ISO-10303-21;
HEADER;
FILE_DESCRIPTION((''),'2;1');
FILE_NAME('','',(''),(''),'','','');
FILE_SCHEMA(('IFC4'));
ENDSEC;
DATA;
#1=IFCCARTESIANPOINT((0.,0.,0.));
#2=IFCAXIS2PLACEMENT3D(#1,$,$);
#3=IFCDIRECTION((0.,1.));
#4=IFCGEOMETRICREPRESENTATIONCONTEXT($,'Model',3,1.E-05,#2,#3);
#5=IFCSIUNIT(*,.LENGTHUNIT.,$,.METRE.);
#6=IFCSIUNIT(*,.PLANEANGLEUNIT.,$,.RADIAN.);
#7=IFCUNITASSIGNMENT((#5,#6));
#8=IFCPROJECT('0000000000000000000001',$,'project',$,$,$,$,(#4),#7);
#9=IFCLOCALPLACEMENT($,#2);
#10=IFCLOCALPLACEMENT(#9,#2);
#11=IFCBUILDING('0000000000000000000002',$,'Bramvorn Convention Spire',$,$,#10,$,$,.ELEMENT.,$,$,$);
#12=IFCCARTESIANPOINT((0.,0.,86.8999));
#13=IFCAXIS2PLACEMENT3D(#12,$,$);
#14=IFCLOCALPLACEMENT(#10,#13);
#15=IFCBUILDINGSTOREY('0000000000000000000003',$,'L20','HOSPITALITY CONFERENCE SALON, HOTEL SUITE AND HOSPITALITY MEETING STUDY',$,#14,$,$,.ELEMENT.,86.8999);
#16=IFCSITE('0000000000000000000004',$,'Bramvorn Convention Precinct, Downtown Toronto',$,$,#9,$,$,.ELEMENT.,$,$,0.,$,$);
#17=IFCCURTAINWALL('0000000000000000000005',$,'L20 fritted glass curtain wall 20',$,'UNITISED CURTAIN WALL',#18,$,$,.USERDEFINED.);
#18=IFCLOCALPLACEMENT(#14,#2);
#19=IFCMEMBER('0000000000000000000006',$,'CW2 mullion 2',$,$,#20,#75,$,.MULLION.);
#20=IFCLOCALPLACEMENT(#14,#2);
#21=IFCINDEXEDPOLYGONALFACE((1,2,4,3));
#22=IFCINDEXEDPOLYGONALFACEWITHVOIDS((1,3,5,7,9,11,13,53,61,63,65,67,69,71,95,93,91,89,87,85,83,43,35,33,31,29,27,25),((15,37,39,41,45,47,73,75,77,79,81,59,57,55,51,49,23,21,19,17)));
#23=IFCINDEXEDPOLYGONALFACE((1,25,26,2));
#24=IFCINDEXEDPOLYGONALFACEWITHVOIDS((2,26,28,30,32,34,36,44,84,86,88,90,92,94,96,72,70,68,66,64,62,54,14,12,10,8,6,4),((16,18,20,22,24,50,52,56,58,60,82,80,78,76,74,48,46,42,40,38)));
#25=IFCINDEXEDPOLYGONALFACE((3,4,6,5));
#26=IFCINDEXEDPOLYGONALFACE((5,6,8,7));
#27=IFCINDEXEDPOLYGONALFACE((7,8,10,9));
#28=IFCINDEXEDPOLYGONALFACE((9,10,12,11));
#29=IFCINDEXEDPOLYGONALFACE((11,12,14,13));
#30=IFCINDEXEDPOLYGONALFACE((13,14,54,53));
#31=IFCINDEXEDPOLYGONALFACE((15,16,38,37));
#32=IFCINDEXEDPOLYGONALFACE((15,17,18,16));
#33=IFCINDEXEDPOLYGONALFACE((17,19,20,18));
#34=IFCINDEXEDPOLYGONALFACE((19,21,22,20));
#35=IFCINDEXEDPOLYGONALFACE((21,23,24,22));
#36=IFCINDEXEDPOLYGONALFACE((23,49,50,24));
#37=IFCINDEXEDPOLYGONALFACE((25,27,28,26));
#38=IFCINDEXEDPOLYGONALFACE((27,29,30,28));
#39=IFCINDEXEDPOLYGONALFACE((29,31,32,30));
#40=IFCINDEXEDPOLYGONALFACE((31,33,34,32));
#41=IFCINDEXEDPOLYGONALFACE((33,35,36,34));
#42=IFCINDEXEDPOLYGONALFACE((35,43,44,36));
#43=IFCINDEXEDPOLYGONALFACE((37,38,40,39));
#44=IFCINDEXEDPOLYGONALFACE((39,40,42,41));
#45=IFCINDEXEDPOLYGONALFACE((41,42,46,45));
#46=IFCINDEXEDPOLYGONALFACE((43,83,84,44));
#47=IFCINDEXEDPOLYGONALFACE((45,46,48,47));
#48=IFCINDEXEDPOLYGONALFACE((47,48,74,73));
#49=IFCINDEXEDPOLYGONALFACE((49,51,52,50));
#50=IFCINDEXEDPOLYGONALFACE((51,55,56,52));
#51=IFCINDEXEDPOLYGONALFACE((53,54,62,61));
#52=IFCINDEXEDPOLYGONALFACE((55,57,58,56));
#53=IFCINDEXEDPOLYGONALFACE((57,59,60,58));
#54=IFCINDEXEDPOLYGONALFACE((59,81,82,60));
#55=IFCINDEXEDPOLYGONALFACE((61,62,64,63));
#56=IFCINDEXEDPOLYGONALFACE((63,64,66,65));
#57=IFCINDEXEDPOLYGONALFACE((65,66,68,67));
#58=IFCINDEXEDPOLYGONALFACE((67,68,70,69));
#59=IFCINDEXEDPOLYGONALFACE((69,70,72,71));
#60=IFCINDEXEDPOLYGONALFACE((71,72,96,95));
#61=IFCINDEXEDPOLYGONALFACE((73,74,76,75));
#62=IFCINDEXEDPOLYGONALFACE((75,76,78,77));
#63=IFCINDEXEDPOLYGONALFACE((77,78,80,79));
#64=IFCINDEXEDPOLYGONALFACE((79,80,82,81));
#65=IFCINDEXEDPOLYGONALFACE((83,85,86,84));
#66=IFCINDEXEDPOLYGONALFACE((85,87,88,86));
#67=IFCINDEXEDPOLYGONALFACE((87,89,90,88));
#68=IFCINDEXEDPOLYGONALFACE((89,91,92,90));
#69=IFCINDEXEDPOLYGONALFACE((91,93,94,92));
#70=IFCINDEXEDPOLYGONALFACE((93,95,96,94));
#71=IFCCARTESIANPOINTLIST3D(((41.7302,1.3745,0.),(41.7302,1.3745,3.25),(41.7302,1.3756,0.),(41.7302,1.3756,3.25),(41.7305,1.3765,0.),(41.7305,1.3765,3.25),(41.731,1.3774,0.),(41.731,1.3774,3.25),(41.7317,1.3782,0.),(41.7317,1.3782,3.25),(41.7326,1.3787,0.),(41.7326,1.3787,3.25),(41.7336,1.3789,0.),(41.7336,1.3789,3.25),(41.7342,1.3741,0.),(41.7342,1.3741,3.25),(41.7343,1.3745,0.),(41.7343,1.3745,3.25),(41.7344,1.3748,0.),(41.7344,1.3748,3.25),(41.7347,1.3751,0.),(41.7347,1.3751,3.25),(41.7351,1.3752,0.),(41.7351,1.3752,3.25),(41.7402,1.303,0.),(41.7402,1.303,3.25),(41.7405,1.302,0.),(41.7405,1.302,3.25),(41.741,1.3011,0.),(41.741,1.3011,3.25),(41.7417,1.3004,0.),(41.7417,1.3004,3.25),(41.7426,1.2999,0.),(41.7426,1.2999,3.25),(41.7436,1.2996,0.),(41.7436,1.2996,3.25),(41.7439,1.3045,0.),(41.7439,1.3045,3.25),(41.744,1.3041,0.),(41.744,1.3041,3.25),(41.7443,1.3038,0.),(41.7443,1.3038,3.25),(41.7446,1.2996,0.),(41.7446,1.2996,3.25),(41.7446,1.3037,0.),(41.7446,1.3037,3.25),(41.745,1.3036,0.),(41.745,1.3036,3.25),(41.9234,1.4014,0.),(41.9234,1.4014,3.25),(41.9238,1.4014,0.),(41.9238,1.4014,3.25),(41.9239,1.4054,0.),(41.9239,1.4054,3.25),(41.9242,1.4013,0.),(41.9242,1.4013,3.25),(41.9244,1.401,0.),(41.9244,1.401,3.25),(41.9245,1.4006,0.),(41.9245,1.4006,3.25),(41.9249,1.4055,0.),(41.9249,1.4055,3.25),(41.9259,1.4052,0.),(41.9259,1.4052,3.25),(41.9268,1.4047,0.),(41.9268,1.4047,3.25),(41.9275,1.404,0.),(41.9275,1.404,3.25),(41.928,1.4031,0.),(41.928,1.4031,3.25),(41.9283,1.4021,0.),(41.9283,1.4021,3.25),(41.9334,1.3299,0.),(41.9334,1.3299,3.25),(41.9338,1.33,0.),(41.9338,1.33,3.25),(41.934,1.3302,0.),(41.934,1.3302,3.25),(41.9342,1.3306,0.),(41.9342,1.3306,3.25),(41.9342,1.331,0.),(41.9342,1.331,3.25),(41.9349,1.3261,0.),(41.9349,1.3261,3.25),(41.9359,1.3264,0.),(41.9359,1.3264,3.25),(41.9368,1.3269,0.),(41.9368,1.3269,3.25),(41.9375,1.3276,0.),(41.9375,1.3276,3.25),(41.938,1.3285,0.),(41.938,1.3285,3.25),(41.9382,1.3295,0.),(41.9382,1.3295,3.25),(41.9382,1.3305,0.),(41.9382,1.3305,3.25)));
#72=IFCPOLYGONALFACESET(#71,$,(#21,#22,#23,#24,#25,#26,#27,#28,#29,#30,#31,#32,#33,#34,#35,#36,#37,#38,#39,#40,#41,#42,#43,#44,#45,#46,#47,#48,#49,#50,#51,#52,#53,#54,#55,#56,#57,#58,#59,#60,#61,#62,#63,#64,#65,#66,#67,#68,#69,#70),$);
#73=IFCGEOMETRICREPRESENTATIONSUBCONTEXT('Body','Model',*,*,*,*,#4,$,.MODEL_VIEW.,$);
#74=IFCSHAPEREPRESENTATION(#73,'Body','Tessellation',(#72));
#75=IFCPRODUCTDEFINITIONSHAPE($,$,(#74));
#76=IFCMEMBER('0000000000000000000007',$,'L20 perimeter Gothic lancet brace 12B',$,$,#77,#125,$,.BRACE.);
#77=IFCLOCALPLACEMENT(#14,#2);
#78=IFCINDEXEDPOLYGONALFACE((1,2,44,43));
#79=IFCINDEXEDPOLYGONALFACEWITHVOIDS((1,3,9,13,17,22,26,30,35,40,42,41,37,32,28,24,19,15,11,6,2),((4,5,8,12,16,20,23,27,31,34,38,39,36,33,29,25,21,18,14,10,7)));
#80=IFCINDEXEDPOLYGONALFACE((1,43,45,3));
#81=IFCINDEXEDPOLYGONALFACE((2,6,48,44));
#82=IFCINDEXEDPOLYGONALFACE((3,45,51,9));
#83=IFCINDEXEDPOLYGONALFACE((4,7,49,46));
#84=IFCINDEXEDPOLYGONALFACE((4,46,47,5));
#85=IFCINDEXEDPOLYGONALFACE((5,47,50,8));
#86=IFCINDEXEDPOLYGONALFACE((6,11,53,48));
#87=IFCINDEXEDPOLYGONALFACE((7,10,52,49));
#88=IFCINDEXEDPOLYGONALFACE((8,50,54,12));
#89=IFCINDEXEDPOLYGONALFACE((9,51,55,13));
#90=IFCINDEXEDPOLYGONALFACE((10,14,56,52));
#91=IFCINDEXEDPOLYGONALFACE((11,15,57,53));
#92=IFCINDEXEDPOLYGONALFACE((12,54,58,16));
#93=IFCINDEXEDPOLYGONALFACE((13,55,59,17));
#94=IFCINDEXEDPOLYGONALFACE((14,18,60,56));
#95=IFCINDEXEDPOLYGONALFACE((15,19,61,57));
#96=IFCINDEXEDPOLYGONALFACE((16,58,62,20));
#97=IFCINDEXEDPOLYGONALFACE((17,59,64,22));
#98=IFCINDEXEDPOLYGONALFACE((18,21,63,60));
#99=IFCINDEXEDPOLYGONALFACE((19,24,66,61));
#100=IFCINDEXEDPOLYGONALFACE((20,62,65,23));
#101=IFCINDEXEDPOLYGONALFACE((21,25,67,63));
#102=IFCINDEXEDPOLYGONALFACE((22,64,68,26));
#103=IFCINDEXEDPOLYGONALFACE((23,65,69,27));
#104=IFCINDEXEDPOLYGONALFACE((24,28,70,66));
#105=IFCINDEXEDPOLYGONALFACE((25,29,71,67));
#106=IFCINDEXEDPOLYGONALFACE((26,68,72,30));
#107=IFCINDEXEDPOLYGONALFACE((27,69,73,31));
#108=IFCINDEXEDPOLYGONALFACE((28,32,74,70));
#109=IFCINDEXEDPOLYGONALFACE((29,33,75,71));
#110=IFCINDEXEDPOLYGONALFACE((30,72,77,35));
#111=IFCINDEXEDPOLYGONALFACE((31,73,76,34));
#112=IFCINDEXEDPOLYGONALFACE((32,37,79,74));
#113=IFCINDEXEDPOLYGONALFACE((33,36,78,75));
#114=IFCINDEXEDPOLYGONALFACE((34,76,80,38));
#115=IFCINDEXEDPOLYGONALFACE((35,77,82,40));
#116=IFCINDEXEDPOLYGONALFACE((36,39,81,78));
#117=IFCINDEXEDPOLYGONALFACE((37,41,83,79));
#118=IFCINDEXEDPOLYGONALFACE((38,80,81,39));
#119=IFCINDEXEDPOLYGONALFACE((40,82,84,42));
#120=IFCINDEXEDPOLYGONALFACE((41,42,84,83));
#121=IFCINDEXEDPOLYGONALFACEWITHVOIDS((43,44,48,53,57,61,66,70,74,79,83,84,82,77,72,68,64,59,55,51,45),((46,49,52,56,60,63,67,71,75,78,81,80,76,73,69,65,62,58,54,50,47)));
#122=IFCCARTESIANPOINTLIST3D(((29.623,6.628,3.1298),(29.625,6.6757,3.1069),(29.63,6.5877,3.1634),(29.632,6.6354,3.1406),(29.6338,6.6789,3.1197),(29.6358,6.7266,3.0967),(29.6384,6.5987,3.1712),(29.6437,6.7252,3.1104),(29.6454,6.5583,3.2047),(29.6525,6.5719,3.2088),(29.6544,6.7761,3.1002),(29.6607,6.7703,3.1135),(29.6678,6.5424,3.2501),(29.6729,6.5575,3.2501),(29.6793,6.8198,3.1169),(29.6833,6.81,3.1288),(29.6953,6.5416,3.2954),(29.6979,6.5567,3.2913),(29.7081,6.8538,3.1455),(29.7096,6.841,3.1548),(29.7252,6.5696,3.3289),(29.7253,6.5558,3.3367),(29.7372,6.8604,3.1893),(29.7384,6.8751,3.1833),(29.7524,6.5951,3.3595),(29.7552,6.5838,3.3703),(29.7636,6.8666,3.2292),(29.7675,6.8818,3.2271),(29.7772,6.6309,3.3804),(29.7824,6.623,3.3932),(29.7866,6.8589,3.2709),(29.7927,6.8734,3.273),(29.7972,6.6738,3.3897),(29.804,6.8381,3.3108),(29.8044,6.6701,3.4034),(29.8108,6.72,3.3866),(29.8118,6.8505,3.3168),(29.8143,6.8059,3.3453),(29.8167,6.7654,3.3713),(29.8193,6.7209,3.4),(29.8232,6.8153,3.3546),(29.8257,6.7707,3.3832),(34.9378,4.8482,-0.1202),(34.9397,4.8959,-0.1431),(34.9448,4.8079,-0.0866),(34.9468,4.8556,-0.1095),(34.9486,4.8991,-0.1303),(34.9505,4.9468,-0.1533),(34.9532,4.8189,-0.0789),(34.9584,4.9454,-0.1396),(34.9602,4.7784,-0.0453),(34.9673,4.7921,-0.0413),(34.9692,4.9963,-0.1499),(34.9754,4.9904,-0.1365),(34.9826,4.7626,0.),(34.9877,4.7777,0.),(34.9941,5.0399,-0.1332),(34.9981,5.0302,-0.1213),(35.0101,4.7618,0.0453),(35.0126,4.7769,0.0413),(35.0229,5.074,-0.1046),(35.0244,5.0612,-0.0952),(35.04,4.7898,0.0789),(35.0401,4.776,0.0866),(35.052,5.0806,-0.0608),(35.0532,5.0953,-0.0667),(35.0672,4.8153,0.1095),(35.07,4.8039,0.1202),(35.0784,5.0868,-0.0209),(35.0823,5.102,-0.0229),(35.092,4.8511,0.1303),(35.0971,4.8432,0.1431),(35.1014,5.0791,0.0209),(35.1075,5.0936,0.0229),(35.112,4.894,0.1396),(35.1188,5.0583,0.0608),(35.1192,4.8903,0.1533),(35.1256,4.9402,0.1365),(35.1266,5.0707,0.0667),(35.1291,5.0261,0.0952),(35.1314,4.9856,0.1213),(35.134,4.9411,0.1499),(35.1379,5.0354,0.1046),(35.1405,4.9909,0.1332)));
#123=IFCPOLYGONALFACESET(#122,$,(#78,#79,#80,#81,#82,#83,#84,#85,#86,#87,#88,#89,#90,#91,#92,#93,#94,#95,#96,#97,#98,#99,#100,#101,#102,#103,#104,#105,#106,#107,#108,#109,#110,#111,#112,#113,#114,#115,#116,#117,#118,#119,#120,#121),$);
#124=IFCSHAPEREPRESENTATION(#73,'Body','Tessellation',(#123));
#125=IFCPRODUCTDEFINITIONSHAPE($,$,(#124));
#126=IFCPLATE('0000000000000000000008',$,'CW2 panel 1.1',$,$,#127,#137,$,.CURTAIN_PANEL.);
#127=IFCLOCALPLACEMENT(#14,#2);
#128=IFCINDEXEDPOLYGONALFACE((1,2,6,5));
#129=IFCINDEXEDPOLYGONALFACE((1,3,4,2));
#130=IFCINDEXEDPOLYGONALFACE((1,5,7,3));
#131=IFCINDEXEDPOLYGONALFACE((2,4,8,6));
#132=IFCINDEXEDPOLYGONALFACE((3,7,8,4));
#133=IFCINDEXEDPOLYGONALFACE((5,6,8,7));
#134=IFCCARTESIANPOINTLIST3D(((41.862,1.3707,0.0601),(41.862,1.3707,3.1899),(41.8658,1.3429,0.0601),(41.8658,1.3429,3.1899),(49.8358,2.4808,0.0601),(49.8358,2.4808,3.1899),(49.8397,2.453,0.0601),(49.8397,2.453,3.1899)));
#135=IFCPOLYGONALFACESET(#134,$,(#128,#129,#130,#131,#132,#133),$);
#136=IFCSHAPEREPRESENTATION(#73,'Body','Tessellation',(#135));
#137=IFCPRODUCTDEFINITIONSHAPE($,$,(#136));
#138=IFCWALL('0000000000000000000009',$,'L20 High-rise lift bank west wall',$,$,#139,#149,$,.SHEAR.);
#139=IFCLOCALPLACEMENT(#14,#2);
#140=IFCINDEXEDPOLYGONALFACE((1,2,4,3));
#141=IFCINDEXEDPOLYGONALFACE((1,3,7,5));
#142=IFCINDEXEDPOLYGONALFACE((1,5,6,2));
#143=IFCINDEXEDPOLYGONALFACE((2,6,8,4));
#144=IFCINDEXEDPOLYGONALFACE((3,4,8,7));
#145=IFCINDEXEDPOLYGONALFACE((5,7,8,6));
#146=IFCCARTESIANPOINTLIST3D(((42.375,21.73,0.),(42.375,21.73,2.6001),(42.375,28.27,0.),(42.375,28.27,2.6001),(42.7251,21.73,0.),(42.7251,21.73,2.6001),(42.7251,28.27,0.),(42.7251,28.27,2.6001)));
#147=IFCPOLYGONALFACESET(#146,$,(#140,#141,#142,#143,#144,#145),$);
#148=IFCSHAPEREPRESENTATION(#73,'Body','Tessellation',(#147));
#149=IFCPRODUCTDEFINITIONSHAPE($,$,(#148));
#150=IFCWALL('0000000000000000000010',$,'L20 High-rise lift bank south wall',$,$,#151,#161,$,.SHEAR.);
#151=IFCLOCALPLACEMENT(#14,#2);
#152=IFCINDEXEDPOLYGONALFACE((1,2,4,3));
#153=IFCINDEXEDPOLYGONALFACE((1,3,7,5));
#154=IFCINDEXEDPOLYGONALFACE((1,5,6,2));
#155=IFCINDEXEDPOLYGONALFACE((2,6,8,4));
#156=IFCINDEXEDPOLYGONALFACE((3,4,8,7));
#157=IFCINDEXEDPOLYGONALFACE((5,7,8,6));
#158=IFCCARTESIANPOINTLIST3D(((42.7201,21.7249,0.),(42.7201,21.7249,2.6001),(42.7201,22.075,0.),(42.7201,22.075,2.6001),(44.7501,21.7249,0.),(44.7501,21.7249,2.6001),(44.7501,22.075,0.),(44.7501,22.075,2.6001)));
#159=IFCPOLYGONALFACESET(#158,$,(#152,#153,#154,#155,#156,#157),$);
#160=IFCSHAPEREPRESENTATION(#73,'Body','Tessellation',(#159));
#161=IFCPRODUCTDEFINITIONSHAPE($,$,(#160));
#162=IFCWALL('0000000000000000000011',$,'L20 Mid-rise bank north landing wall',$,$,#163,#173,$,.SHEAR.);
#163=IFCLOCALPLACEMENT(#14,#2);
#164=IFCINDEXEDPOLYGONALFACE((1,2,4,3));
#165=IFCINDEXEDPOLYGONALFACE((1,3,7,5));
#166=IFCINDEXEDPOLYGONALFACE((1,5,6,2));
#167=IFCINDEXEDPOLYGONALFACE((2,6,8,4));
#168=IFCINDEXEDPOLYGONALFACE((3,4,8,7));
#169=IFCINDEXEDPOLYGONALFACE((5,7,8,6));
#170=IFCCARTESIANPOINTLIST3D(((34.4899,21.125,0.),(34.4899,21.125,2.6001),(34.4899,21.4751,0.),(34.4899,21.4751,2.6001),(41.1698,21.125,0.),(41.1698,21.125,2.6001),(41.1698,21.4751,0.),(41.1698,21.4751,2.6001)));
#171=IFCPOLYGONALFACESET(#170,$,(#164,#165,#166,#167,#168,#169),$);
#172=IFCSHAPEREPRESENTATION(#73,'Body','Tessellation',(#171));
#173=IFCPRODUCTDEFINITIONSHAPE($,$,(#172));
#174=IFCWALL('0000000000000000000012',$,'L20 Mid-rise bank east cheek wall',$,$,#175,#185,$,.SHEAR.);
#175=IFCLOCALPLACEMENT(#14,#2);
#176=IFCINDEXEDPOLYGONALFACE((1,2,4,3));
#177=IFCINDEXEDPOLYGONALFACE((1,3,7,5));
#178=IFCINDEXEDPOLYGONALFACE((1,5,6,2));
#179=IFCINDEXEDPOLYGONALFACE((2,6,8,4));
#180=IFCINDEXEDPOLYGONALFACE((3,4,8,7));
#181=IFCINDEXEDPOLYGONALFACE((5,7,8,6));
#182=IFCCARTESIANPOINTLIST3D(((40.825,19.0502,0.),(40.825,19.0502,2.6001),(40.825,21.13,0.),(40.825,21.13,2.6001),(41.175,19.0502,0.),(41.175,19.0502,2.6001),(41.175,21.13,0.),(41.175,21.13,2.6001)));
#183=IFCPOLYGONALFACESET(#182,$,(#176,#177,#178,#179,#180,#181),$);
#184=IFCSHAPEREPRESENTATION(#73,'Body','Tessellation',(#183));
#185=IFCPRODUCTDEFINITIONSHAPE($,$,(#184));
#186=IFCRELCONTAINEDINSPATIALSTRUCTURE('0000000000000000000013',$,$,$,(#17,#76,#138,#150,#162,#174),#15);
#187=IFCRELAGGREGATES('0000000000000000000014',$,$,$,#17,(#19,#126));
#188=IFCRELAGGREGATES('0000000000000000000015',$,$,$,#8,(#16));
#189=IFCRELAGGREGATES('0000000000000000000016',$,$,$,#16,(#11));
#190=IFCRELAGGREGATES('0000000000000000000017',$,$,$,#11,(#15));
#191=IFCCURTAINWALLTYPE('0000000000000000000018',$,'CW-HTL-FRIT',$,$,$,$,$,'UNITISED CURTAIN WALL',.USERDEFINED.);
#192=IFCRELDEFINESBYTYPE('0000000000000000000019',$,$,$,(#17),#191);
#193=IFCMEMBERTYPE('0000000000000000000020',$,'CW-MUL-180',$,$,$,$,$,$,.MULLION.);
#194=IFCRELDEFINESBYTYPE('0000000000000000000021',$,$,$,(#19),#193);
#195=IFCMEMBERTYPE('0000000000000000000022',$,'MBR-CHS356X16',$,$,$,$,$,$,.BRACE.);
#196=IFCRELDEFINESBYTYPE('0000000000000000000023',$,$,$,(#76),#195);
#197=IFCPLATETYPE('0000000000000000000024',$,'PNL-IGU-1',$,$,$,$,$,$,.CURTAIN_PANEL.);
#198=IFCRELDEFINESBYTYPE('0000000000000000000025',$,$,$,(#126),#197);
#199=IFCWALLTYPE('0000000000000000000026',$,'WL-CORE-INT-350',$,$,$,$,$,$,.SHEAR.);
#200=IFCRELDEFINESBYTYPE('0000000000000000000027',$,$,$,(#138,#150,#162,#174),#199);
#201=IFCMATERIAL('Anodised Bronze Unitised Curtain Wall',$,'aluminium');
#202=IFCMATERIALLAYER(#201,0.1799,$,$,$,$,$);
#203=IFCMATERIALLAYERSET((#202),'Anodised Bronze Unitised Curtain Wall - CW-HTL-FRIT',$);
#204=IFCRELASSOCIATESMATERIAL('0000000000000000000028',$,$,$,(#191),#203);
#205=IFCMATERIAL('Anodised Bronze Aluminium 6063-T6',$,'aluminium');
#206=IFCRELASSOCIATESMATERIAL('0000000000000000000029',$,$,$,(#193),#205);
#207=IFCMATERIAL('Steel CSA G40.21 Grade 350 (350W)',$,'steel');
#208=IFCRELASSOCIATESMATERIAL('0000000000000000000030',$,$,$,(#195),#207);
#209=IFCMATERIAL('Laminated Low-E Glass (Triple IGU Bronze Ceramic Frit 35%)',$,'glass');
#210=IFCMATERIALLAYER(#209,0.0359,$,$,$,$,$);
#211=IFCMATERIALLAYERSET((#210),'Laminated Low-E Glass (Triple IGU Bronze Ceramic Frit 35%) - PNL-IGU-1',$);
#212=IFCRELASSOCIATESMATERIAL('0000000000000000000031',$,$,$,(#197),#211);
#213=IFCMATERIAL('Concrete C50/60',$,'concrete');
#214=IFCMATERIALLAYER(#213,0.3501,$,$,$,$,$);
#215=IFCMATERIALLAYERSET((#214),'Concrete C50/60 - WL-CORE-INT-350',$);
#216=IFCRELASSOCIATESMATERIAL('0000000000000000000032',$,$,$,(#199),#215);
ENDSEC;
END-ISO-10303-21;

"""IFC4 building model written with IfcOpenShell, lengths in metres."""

from ifc_helpers import new_model, si_unit, direction, frame, frame_2d, origin, origin_2d, place, context, subcontext, project, spatial, rectangle, hollow_rectangle, hollow_circle, extrude, material, layer, layer_set, material_profile, profile_set, type_object, element, aggregate, save


model = new_model("IFC4")

# Units and contexts
model_context = context("Model", 3, precision=1e-05, world=origin(), true_north=direction((0.0, 1.0)))
body_context = subcontext(model_context, "Body", "Model", "MODEL_VIEW")
ifc_project = project(units=[si_unit("LENGTHUNIT", "METRE"), si_unit("PLANEANGLEUNIT", "RADIAN")], contexts=[model_context])

# Site, building, storey
site_placement = place(None, origin())
site = spatial("IfcSite", under=ifc_project, at=site_placement, Name="Bramvorn Convention Precinct, Downtown Toronto", CompositionType="ELEMENT", RefElevation=0.0)
building_placement = place(site_placement, origin())
building = spatial("IfcBuilding", under=site, at=building_placement, Name="Bramvorn Convention Spire", CompositionType="ELEMENT")
storey_placement = place(building_placement, frame((0.0, 0.0, 86.8999)))
storey = spatial("IfcBuildingStorey", under=building, at=storey_placement, Name="L20", Description="HOSPITALITY CONFERENCE SALON, HOTEL SUITE AND HOSPITALITY MEETING STUDY", CompositionType="ELEMENT", Elevation=86.8999)

# Shared definitions
ifc_material_1 = material(Name="Steel CSA G40.21 Grade 350 (350W)", Category="steel")

# Curtain wall, member
ifc_material_2 = material(Name="Anodised Bronze Unitised Curtain Wall", Category="aluminium")
ifc_layer_1 = layer(ifc_material_2, 0.1799)
ifc_layer_set_1 = layer_set([ifc_layer_1], Name="Anodised Bronze Unitised Curtain Wall - CW-HTL-FRIT")
curtain_wall_type = type_object("IfcCurtainWallType", Name="CW-HTL-FRIT", ElementType="UNITISED CURTAIN WALL", PredefinedType="USERDEFINED", material=ifc_layer_set_1)
curtain_wall_placement = place(storey_placement, origin())
curtain_wall = element("IfcCurtainWall", 1, at=curtain_wall_placement, inside=storey, type_object=curtain_wall_type, Name="L20 fritted glass curtain wall 20", ObjectType="UNITISED CURTAIN WALL", PredefinedType="USERDEFINED")
ifc_material_3 = material(Name="Anodised Bronze Aluminium 6063-T6", Category="aluminium")
ifc_material_profile_1 = material_profile(ifc_material_3, hollow_rectangle(XDim=0.0801, YDim=0.2, WallThickness=0.0039, InnerFilletRadius=0.001, OuterFilletRadius=0.0039, at=origin_2d()))
ifc_profile_set_1 = profile_set([ifc_material_profile_1], Name="Anodised Bronze Aluminium 6063-T6 - CWM80X200")
member_type_1 = type_object("IfcMemberType", Name="CW-MUL-180", PredefinedType="MULLION", material=ifc_profile_set_1)
member_1_placement = place(storey_placement, frame((41.8342, 1.3525, 0.0), z_axis=(0.0, 0.0, 1.0), x_axis=(0.137894, -0.990447, 0.0)))
member_1 = element("IfcMember", 2, at=member_1_placement, type_object=member_type_1, Name="CW2 mullion 2", PredefinedType="MULLION", context=body_context, shape_type="SweptSolid", body=[
    extrude(hollow_rectangle(XDim=0.0801, YDim=0.2, WallThickness=0.0039, InnerFilletRadius=0.001, OuterFilletRadius=0.0039, at=origin_2d()), origin(), (0.0, 0.0, 1.0), 3.25),
])

# Member
ifc_material_profile_2 = material_profile(ifc_material_1, hollow_circle(Radius=0.1777, WallThickness=0.0159, at=origin_2d()))
ifc_profile_set_2 = profile_set([ifc_material_profile_2], Name="Steel CSA G40.21 Grade 350 (350W) - CHS356X16")
member_type_2 = type_object("IfcMemberType", Name="MBR-CHS356X16", PredefinedType="BRACE", material=ifc_profile_set_2)
member_2_placement = place(storey_placement, frame((35.0391, 4.9312, 0.0), z_axis=(-0.820309, 0.274705, 0.501628), x_axis=(-0.317547, -0.948242, 0.0)))
element("IfcMember", 3, at=member_2_placement, inside=storey, type_object=member_type_2, Name="L20 perimeter Gothic lancet brace 12B", PredefinedType="BRACE", context=body_context, shape_type="SweptSolid", body=[
    extrude(hollow_circle(Radius=0.1777, WallThickness=0.0159, at=origin_2d()), origin(), (0.0, 0.0, 1.0), 6.479),
])

# Plate
ifc_material_4 = material(Name="Laminated Low-E Glass (Triple IGU Bronze Ceramic Frit 35%)", Category="glass")
ifc_layer_2 = layer(ifc_material_4, 0.0359)
ifc_layer_set_2 = layer_set([ifc_layer_2], Name="Laminated Low-E Glass (Triple IGU Bronze Ceramic Frit 35%) - PNL-IGU-1")
plate_type = type_object("IfcPlateType", Name="PNL-IGU-1", PredefinedType="CURTAIN_PANEL", material=ifc_layer_set_2)
plate_placement = place(storey_placement, frame((45.8508, 1.9119, 0.0601), z_axis=(0.0, 0.0, 1.0), x_axis=(-0.990447, -0.137894, 0.0)))
plate = element("IfcPlate", 4, at=plate_placement, type_object=plate_type, Name="CW2 panel 1.1", PredefinedType="CURTAIN_PANEL", context=body_context, shape_type="SweptSolid", body=[
    extrude(rectangle(XDim=8.0508, YDim=0.0281, at=origin_2d()), origin(), (0.0, 0.0, 1.0), 3.1299),
])
aggregate(curtain_wall, [member_1, plate])

# Walls
ifc_material_5 = material(Name="Concrete C50/60", Category="concrete")
ifc_layer_3 = layer(ifc_material_5, 0.3501)
ifc_layer_set_3 = layer_set([ifc_layer_3], Name="Concrete C50/60 - WL-CORE-INT-350")
wall_type_1 = type_object("IfcWallType", Name="WL-CORE-INT-350", PredefinedType="SHEAR", material=ifc_layer_set_3)
wall_1_placement = place(storey_placement, frame((42.55, 21.73, 0.0), z_axis=(0.0, 0.0, 1.0), x_axis=(0.0, 1.0, 0.0)))
element("IfcWall", 5, at=wall_1_placement, inside=storey, type_object=wall_type_1, Name="L20 High-rise lift bank west wall", PredefinedType="SHEAR", context=body_context, shape_type="SweptSolid", body=[
    extrude(rectangle(XDim=6.54, YDim=0.3501, at=frame_2d((3.27, 0.0))), origin(), (0.0, 0.0, 1.0), 2.6001),
])
wall_2_placement = place(storey_placement, frame((42.72, 21.8999, 0.0), z_axis=(0.0, 0.0, 1.0), x_axis=(1.0, 0.0, 0.0)))
element("IfcWall", 6, at=wall_2_placement, inside=storey, type_object=wall_type_1, Name="L20 High-rise lift bank south wall", PredefinedType="SHEAR", context=body_context, shape_type="SweptSolid", body=[
    extrude(rectangle(XDim=2.03, YDim=0.3501, at=frame_2d((1.0151, 0.0))), origin(), (0.0, 0.0, 1.0), 2.6001),
])
wall_3_placement = place(storey_placement, frame((34.49, 21.3, 0.0), z_axis=(0.0, 0.0, 1.0), x_axis=(1.0, 0.0, 0.0)))
element("IfcWall", 7, at=wall_3_placement, inside=storey, type_object=wall_type_1, Name="L20 Mid-rise bank north landing wall", PredefinedType="SHEAR", context=body_context, shape_type="SweptSolid", body=[
    extrude(rectangle(XDim=6.6799, YDim=0.3501, at=frame_2d((3.3398, 0.0))), origin(), (0.0, 0.0, 1.0), 2.6001),
])
wall_4_placement = place(storey_placement, frame((41.0, 19.05, 0.0), z_axis=(0.0, 0.0, 1.0), x_axis=(0.0, 1.0, 0.0)))
element("IfcWall", 8, at=wall_4_placement, inside=storey, type_object=wall_type_1, Name="L20 Mid-rise bank east cheek wall", PredefinedType="SHEAR", context=body_context, shape_type="SweptSolid", body=[
    extrude(rectangle(XDim=2.0798, YDim=0.3501, at=frame_2d((1.04, 0.0))), origin(), (0.0, 0.0, 1.0), 2.6001),
])

save(model, "model.ifc")
